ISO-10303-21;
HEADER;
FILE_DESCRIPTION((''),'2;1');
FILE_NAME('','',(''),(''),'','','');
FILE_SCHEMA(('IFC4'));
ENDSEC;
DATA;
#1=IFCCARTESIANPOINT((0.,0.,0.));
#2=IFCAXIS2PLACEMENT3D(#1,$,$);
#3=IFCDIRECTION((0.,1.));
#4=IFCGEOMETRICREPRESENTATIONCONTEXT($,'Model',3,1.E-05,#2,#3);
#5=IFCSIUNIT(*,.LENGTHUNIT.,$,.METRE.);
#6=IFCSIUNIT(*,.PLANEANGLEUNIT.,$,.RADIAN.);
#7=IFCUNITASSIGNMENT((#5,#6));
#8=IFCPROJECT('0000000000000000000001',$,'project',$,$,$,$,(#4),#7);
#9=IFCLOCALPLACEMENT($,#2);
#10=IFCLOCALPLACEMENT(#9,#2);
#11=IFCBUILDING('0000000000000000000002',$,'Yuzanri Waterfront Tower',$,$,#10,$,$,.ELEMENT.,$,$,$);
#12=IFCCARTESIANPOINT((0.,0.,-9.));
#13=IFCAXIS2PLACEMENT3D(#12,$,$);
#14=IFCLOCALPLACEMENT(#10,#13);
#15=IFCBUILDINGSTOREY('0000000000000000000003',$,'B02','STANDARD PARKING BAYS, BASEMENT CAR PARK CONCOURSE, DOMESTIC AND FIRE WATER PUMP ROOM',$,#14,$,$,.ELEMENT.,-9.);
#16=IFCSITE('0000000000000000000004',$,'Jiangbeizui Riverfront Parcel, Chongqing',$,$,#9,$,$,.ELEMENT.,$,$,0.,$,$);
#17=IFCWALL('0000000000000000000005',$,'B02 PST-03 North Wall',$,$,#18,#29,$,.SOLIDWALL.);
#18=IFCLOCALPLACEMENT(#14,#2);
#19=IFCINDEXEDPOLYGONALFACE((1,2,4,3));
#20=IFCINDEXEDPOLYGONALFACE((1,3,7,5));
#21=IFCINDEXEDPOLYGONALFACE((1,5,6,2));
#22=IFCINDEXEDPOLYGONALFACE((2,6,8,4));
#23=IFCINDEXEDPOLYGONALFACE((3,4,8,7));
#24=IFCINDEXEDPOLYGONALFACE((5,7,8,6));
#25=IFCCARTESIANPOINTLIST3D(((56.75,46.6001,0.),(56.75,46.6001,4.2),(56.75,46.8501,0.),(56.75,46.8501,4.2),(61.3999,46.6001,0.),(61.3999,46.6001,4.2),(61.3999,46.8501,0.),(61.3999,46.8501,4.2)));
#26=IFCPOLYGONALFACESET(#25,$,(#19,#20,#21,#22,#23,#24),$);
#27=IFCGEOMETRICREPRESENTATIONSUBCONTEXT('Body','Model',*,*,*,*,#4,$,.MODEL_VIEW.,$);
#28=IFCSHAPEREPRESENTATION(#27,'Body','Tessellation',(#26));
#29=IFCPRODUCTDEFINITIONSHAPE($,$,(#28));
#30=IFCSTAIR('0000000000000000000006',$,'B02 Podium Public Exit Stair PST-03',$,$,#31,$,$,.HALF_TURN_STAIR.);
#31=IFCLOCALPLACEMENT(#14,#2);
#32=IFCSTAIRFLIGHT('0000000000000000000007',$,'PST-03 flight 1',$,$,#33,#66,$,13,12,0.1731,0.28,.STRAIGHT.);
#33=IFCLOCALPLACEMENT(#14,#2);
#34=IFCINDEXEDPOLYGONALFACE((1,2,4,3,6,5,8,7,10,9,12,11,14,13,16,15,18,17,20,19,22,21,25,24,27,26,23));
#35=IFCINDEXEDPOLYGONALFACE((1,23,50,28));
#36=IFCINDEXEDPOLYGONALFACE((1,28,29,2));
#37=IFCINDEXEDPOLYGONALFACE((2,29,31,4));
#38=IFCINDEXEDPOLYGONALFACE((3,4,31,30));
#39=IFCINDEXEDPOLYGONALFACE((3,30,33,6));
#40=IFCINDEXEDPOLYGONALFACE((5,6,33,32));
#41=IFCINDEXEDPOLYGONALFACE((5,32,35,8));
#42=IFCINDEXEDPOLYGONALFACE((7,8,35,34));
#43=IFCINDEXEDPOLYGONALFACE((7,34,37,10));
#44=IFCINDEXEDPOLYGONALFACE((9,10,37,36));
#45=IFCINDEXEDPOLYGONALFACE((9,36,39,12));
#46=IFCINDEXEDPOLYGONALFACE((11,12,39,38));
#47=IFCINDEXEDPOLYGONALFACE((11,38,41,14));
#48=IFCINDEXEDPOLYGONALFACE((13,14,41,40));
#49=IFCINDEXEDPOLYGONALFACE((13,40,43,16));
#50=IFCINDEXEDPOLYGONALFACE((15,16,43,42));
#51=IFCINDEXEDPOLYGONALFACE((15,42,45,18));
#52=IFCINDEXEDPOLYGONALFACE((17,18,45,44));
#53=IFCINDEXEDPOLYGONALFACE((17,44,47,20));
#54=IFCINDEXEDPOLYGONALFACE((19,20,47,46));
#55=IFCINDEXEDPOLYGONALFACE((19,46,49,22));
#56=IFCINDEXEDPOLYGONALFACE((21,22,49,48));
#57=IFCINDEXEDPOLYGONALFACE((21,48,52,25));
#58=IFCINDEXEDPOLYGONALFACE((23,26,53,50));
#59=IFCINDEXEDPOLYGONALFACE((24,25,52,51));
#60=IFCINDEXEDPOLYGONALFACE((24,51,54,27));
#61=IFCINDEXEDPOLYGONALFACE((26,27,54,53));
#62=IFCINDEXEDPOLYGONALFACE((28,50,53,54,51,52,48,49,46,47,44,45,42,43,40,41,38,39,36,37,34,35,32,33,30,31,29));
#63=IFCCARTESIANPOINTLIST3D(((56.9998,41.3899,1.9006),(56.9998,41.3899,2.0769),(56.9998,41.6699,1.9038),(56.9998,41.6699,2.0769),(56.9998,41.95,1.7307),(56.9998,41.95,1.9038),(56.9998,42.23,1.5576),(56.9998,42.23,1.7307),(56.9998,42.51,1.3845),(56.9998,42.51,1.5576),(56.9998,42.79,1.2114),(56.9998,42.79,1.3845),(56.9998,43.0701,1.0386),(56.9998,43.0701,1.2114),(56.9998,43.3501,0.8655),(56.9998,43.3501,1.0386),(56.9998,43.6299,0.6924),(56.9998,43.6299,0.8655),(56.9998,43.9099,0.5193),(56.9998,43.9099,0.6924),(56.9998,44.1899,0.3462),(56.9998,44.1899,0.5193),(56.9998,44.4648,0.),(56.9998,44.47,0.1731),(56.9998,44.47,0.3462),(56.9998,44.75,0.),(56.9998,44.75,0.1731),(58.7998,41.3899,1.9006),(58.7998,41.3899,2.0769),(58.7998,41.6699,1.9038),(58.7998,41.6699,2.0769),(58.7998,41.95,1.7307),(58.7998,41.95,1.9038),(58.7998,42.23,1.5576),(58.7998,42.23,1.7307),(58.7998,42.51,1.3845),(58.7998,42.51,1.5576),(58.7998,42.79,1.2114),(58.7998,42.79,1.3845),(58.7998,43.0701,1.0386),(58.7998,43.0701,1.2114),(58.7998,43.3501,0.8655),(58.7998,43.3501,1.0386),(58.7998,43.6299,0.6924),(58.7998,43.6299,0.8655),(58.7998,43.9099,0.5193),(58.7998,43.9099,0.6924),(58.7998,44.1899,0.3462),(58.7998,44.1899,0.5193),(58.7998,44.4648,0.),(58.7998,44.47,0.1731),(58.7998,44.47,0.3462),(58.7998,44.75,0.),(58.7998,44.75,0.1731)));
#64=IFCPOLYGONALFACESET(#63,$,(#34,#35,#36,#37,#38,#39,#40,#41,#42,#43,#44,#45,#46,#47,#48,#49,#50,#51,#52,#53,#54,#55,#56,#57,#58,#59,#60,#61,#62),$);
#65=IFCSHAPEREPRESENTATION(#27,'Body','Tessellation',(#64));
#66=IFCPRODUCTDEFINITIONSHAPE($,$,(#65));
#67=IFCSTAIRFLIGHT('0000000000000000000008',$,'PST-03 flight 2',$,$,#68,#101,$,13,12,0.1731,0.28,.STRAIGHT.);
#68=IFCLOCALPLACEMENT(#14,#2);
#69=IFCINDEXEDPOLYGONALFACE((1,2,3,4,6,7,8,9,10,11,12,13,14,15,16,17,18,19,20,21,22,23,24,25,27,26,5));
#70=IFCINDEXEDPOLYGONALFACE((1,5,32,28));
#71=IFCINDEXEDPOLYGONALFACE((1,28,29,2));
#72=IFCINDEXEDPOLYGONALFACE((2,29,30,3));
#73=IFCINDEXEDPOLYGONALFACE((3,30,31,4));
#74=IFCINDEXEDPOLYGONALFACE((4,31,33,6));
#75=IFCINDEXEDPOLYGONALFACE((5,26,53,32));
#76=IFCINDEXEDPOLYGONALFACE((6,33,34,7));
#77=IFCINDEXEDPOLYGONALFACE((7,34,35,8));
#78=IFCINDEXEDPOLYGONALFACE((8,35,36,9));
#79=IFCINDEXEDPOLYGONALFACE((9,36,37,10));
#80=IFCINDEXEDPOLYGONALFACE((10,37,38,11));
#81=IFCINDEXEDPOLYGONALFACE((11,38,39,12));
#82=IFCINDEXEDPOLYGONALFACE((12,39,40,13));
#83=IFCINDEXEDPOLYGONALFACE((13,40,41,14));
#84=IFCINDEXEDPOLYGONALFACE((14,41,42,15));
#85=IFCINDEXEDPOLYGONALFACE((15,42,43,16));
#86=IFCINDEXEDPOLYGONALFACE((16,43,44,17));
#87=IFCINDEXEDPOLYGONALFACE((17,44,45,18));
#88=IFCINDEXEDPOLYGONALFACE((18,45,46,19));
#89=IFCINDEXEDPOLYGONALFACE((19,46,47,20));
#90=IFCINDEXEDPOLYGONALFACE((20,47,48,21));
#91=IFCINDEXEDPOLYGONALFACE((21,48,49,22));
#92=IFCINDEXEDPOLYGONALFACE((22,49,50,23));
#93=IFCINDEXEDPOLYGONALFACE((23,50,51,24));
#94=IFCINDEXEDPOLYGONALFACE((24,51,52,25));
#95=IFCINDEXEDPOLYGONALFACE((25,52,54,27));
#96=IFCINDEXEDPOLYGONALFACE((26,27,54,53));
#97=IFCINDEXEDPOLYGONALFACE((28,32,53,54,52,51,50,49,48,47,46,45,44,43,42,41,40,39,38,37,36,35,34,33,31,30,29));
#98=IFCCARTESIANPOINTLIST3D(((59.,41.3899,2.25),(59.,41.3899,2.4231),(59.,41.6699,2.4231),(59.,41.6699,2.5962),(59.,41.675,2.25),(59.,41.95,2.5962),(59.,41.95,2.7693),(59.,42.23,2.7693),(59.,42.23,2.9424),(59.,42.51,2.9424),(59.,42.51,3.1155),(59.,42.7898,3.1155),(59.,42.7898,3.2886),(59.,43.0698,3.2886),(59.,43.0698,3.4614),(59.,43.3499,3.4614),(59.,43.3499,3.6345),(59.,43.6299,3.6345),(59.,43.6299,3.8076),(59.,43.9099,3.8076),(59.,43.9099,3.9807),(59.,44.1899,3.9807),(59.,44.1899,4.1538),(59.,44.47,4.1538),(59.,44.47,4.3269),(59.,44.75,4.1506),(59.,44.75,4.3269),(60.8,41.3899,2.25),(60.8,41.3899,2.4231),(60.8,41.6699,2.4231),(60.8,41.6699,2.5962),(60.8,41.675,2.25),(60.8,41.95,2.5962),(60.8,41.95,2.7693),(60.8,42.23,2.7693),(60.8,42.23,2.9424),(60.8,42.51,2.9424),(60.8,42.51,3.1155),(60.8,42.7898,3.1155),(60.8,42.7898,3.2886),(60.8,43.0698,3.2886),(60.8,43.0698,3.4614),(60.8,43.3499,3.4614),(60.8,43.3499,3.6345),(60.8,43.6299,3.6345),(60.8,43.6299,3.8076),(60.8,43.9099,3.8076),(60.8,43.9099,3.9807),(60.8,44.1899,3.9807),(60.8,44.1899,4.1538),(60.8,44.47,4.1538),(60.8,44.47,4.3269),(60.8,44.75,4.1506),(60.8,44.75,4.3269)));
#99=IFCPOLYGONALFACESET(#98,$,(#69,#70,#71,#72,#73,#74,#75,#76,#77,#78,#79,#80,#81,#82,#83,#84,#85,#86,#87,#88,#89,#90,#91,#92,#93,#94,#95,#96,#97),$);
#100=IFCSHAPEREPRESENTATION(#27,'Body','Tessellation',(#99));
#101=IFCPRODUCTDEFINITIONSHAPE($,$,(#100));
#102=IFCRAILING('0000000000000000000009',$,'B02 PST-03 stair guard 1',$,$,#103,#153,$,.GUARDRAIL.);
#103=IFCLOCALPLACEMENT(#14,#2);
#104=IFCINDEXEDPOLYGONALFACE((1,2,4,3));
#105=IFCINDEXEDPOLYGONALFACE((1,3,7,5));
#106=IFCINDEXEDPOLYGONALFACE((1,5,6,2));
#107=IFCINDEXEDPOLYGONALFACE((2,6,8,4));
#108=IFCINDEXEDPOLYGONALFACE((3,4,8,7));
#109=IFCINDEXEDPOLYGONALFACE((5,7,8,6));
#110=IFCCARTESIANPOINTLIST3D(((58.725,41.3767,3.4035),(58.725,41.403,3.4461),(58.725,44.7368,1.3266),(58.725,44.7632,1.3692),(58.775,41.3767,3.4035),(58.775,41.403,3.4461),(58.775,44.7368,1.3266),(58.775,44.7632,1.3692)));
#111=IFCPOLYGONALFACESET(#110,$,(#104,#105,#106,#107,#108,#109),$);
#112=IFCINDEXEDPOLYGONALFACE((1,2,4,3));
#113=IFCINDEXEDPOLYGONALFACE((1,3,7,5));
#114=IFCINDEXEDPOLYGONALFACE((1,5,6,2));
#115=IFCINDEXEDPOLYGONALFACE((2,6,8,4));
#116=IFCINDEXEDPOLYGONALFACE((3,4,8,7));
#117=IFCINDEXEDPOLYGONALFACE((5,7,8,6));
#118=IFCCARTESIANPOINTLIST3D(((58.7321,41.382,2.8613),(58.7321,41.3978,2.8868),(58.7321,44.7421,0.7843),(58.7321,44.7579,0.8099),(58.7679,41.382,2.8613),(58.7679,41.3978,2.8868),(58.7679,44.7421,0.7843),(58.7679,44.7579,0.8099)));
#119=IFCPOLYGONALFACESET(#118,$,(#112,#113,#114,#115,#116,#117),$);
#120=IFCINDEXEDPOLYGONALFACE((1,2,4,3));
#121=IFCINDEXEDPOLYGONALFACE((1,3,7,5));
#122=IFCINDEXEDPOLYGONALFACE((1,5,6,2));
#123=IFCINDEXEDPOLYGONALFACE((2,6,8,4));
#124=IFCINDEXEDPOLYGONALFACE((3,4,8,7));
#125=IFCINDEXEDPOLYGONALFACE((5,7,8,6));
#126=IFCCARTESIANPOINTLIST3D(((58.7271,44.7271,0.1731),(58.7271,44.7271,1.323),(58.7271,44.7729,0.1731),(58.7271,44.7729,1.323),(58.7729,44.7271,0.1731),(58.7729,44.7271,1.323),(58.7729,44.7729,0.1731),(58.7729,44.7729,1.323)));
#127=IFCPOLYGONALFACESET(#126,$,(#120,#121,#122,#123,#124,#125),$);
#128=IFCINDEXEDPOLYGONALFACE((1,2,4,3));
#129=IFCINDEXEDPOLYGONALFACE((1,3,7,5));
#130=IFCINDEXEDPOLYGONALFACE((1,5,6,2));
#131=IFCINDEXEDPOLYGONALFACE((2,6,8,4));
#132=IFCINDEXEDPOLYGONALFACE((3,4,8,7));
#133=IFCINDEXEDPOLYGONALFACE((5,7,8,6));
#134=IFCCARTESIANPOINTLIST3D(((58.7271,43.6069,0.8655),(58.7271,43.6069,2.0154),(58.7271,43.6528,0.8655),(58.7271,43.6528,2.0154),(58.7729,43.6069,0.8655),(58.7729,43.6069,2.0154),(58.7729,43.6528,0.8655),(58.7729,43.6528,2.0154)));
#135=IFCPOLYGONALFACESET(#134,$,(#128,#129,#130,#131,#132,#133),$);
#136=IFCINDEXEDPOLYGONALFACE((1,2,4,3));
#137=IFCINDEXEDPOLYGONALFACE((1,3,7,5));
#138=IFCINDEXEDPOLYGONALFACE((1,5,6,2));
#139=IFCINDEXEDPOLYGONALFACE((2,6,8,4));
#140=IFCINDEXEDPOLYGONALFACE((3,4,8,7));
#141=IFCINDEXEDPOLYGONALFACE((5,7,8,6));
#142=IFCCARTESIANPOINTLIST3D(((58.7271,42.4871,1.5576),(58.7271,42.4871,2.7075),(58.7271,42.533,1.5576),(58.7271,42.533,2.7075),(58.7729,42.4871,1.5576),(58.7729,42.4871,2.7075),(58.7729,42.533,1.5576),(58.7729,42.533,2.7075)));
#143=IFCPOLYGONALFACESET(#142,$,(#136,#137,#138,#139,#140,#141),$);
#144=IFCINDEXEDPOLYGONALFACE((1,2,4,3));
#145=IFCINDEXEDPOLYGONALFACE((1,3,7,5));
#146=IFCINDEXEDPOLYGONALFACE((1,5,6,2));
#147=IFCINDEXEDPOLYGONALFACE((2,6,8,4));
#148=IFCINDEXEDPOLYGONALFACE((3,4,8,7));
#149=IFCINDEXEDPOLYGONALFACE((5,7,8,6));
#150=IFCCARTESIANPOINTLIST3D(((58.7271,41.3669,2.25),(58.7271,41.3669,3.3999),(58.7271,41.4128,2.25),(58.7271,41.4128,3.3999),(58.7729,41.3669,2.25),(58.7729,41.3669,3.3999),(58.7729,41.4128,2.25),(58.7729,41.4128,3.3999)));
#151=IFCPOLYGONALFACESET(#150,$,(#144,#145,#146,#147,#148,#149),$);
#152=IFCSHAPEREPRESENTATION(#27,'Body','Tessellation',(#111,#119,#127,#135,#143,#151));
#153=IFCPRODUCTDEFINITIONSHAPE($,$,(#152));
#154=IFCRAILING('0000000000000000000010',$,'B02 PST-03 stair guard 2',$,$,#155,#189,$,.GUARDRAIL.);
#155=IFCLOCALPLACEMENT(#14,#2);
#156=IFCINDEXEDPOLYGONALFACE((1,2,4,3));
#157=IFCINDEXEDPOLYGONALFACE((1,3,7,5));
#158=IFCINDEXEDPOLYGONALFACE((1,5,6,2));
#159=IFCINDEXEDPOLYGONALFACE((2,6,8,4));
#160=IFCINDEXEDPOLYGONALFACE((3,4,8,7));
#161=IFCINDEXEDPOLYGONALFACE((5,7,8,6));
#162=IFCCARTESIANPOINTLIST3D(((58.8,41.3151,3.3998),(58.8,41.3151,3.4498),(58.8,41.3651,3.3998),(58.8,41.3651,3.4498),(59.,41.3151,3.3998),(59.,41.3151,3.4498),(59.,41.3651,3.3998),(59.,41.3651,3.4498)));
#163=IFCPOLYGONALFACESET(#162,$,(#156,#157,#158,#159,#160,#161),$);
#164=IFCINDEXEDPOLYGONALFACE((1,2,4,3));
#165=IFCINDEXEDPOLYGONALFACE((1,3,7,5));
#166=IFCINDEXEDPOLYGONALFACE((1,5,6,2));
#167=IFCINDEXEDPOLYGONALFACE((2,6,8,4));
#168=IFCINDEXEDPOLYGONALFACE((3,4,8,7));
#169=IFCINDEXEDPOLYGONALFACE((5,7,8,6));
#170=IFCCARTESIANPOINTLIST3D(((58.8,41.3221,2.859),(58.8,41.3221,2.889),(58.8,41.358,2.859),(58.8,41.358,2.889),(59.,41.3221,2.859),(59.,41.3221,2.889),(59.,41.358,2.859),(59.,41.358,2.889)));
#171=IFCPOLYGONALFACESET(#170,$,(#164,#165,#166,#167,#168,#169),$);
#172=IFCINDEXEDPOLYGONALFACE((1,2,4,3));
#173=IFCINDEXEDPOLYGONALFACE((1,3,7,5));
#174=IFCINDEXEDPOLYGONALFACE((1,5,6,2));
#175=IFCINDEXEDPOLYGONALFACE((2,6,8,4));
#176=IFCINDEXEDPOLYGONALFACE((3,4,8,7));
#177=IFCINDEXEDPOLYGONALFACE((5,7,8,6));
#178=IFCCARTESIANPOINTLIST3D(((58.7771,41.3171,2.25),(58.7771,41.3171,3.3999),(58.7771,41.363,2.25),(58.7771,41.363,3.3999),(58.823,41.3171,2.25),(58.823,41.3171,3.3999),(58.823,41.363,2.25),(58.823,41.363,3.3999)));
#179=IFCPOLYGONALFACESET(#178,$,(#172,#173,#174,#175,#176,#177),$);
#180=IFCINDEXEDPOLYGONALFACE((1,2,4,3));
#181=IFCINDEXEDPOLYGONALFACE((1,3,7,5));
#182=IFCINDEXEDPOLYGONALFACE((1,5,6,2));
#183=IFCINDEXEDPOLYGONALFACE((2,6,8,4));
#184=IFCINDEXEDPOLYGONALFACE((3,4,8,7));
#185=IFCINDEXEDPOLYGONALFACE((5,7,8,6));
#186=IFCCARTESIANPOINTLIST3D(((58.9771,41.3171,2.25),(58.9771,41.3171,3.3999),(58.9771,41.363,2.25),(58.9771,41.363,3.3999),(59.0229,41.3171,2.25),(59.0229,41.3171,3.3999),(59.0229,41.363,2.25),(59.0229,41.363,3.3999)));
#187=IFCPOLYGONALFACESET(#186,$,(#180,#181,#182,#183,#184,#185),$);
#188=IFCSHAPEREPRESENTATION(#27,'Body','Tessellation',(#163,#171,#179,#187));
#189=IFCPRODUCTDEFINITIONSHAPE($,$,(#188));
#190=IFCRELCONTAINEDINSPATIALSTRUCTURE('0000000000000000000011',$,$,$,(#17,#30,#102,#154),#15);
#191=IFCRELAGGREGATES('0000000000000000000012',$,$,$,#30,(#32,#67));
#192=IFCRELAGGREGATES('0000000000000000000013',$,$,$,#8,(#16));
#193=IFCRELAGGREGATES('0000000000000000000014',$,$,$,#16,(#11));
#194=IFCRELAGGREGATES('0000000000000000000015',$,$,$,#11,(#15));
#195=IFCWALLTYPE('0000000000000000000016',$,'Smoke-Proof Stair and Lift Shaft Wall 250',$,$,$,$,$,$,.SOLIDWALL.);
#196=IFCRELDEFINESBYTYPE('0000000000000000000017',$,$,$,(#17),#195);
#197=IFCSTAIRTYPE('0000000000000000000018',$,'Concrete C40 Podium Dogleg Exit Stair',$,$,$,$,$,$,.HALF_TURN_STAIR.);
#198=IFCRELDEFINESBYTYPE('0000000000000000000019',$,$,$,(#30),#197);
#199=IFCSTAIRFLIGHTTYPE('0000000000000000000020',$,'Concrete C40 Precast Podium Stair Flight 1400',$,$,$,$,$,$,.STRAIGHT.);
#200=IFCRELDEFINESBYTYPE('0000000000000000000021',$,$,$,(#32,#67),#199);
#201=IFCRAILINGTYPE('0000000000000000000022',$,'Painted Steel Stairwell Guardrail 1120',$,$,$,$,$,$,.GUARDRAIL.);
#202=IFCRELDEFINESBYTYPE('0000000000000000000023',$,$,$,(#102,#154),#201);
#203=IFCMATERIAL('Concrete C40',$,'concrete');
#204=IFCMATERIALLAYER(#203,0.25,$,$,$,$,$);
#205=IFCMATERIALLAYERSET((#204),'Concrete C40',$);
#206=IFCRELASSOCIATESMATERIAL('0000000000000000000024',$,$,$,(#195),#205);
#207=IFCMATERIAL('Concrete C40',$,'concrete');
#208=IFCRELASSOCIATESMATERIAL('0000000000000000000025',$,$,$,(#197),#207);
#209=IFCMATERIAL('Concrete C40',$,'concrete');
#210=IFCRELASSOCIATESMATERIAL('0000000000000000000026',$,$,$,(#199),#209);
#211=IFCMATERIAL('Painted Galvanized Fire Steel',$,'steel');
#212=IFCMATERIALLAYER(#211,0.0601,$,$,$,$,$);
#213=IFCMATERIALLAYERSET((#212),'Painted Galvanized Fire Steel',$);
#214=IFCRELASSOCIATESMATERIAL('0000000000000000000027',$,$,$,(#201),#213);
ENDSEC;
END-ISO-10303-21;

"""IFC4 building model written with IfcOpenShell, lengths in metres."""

from ifc_helpers import new_model, si_unit, direction, frame, frame_2d, origin, origin_2d, place, context, subcontext, project, spatial, polyline, rectangle, outline, extrude, source, transform, mapped, material, layer, layer_set, type_object, element, aggregate, save


model = new_model("IFC4")

# Units and contexts
model_context = context("Model", 3, precision=1e-05, world=origin(), true_north=direction((0.0, 1.0)))
body_context = subcontext(model_context, "Body", "Model", "MODEL_VIEW")
ifc_project = project(units=[si_unit("LENGTHUNIT", "METRE"), si_unit("PLANEANGLEUNIT", "RADIAN")], contexts=[model_context])

# Site, building, storey
site_placement = place(None, origin())
site = spatial("IfcSite", under=ifc_project, at=site_placement, Name="Jiangbeizui Riverfront Parcel, Chongqing", CompositionType="ELEMENT", RefElevation=0.0)
building_placement = place(site_placement, origin())
building = spatial("IfcBuilding", under=site, at=building_placement, Name="Yuzanri Waterfront Tower", CompositionType="ELEMENT")
storey_placement = place(building_placement, frame((0.0, 0.0, -9.0)))
storey = spatial("IfcBuildingStorey", under=building, at=storey_placement, Name="B02", Description="STANDARD PARKING BAYS, BASEMENT CAR PARK CONCOURSE, DOMESTIC AND FIRE WATER PUMP ROOM", CompositionType="ELEMENT", Elevation=-9.0)

# Wall
ifc_material_1 = material(Name="Concrete C40", Category="concrete")
ifc_layer_1 = layer(ifc_material_1, 0.25)
ifc_layer_set_1 = layer_set([ifc_layer_1], Name="Concrete C40")
wall_type = type_object("IfcWallType", Name="Smoke-Proof Stair and Lift Shaft Wall 250", PredefinedType="SOLIDWALL", material=ifc_layer_set_1)
shared_shape_1 = source(origin(), body_context, "Body", "SweptSolid", [
    extrude(rectangle(XDim=4.6499, YDim=0.25, at=frame_2d((2.325, 0.0))), origin(), (0.0, 0.0, 1.0), 4.2),
])
wall_placement = place(storey_placement, frame((56.75, 46.7251, 0.0), z_axis=(0.0, 0.0, 1.0), x_axis=(1.0, 0.0, 0.0)))
element("IfcWall", 1, at=wall_placement, inside=storey, type_object=wall_type, Name="B02 PST-03 North Wall", PredefinedType="SOLIDWALL", context=body_context, shape_type="MappedRepresentation", body=[
    mapped(shared_shape_1, transform((0.0, 0.0, 0.0), scale=1.0)),
])

# Stair, stair flights
ifc_material_2 = material(Name="Concrete C40", Category="concrete")
stair_type = type_object("IfcStairType", Name="Concrete C40 Podium Dogleg Exit Stair", PredefinedType="HALF_TURN_STAIR", material=ifc_material_2)
stair_placement = place(storey_placement, origin())
stair = element("IfcStair", 2, at=stair_placement, inside=storey, type_object=stair_type, Name="B02 Podium Public Exit Stair PST-03", PredefinedType="HALF_TURN_STAIR")
ifc_material_3 = material(Name="Concrete C40", Category="concrete")
stair_flight_type = type_object("IfcStairFlightType", Name="Concrete C40 Precast Podium Stair Flight 1400", PredefinedType="STRAIGHT", material=ifc_material_3)
shared_shape_2 = source(origin(), body_context, "Body", "SweptSolid", [
    extrude(outline(polyline([(0.0, 0.0), (0.0, 0.1731), (0.28, 0.1731), (0.28, 0.3462), (0.5601, 0.3462), (0.5601, 0.5193), (0.8401, 0.5193), (0.8401, 0.6924), (1.1201, 0.6924), (1.1201, 0.8655), (1.3999, 0.8655), (1.3999, 1.0386), (1.6799, 1.0386), (1.6799, 1.2114), (1.96, 1.2114), (1.96, 1.3845), (2.24, 1.3845), (2.24, 1.5576), (2.52, 1.5576), (2.52, 1.7307), (2.8, 1.7307), (2.8, 1.9038), (3.0801, 1.9038), (3.0801, 2.0769), (3.3601, 2.0769), (3.3601, 2.25), (3.3601, 1.9006), (0.2852, 0.0), (0.0, 0.0)])), frame((0.0, 0.8999, 0.0), z_axis=(0.0, -1.0, 0.0), x_axis=(1.0, 0.0, 0.0)), (0.0, 0.0, 1.0), 1.8),
])
stair_flight_1_placement = place(storey_placement, frame((57.8999, 44.75, 0.0), z_axis=(0.0, 0.0, 1.0), x_axis=(0.0, -1.0, 0.0)))
stair_flight_1 = element("IfcStairFlight", 3, at=stair_flight_1_placement, type_object=stair_flight_type, Name="PST-03 flight 1", NumberOfRisers=13, NumberOfTreads=12, PredefinedType="STRAIGHT", RiserHeight=0.1731, TreadLength=0.28, context=body_context, shape_type="MappedRepresentation", body=[
    mapped(shared_shape_2, transform((0.0, 0.0, 0.0), scale=1.0)),
])
stair_flight_2_placement = place(storey_placement, frame((59.8999, 41.3899, 2.25), z_axis=(0.0, 0.0, 1.0), x_axis=(0.0, 1.0, 0.0)))
stair_flight_2 = element("IfcStairFlight", 4, at=stair_flight_2_placement, type_object=stair_flight_type, Name="PST-03 flight 2", NumberOfRisers=13, NumberOfTreads=12, PredefinedType="STRAIGHT", RiserHeight=0.1731, TreadLength=0.28, context=body_context, shape_type="MappedRepresentation", body=[
    mapped(shared_shape_2, transform((0.0, 0.0, 0.0), scale=1.0)),
])
aggregate(stair, [stair_flight_1, stair_flight_2])

# Railings
ifc_material_4 = material(Name="Painted Galvanized Fire Steel", Category="steel")
ifc_layer_2 = layer(ifc_material_4, 0.0601)
ifc_layer_set_2 = layer_set([ifc_layer_2], Name="Painted Galvanized Fire Steel")
railing_type_1 = type_object("IfcRailingType", Name="Painted Steel Stairwell Guardrail 1120", PredefinedType="GUARDRAIL", material=ifc_layer_set_2)
shared_shape_3 = source(origin(), body_context, "Body", "SweptSolid", [
    extrude(rectangle(XDim=0.05, YDim=0.05, at=origin_2d()), frame((0.0, 0.0, 1.1748), z_axis=(0.0, -0.850623, 0.525776), x_axis=(1.0, 0.0, 0.0)), (0.0, 0.0, 1.0), 3.9502),
    extrude(rectangle(XDim=0.0359, YDim=0.03, at=origin_2d()), frame((0.0, 0.0, 0.624), z_axis=(0.0, -0.850623, 0.525776), x_axis=(1.0, 0.0, 0.0)), (0.0, 0.0, 1.0), 3.9502),
    extrude(rectangle(XDim=0.0459, YDim=0.0459, at=origin_2d()), origin(), (0.0, 0.0, 1.0), 1.1499),
    extrude(rectangle(XDim=0.0459, YDim=0.0459, at=origin_2d()), frame((0.0, -1.1201, 0.6924)), (0.0, 0.0, 1.0), 1.1499),
    extrude(rectangle(XDim=0.0459, YDim=0.0459, at=origin_2d()), frame((0.0, -2.24, 1.3845)), (0.0, 0.0, 1.0), 1.1499),
    extrude(rectangle(XDim=0.0459, YDim=0.0459, at=origin_2d()), frame((0.0, -3.3601, 2.0769)), (0.0, 0.0, 1.0), 1.1499),
])
railing_1_placement = place(storey_placement, frame((58.75, 44.75, 0.1731)))
element("IfcRailing", 5, at=railing_1_placement, inside=storey, type_object=railing_type_1, Name="B02 PST-03 stair guard 1", PredefinedType="GUARDRAIL", context=body_context, shape_type="MappedRepresentation", body=[
    mapped(shared_shape_3, transform((0.0, 0.0, 0.0), scale=1.0)),
])
shared_shape_4 = source(origin(), body_context, "Body", "SweptSolid", [
    extrude(rectangle(XDim=0.05, YDim=0.05, at=origin_2d()), frame((0.0, 0.0, 1.1748), z_axis=(1.0, 0.0, 0.0), x_axis=(0.0, 1.0, 0.0)), (0.0, 0.0, 1.0), 0.2),
    extrude(rectangle(XDim=0.0359, YDim=0.03, at=origin_2d()), frame((0.0, 0.0, 0.624), z_axis=(1.0, 0.0, 0.0), x_axis=(0.0, 1.0, 0.0)), (0.0, 0.0, 1.0), 0.2),
    extrude(rectangle(XDim=0.0459, YDim=0.0459, at=origin_2d()), origin(), (0.0, 0.0, 1.0), 1.1499),
    extrude(rectangle(XDim=0.0459, YDim=0.0459, at=origin_2d()), frame((0.2, 0.0, 0.0)), (0.0, 0.0, 1.0), 1.1499),
])
for number, where, name in (
    (6, (58.8, 41.3401, 2.25), "B02 PST-03 stair guard 2"),
):
    element("IfcRailing", number, at=place(storey_placement, frame(where)), inside=storey, type_object=railing_type_1, Name=name, PredefinedType="GUARDRAIL", context=body_context, shape_type="MappedRepresentation", body=[
        mapped(shared_shape_4, transform((0.0, 0.0, 0.0), scale=1.0)),
    ])

save(model, "model.ifc")
